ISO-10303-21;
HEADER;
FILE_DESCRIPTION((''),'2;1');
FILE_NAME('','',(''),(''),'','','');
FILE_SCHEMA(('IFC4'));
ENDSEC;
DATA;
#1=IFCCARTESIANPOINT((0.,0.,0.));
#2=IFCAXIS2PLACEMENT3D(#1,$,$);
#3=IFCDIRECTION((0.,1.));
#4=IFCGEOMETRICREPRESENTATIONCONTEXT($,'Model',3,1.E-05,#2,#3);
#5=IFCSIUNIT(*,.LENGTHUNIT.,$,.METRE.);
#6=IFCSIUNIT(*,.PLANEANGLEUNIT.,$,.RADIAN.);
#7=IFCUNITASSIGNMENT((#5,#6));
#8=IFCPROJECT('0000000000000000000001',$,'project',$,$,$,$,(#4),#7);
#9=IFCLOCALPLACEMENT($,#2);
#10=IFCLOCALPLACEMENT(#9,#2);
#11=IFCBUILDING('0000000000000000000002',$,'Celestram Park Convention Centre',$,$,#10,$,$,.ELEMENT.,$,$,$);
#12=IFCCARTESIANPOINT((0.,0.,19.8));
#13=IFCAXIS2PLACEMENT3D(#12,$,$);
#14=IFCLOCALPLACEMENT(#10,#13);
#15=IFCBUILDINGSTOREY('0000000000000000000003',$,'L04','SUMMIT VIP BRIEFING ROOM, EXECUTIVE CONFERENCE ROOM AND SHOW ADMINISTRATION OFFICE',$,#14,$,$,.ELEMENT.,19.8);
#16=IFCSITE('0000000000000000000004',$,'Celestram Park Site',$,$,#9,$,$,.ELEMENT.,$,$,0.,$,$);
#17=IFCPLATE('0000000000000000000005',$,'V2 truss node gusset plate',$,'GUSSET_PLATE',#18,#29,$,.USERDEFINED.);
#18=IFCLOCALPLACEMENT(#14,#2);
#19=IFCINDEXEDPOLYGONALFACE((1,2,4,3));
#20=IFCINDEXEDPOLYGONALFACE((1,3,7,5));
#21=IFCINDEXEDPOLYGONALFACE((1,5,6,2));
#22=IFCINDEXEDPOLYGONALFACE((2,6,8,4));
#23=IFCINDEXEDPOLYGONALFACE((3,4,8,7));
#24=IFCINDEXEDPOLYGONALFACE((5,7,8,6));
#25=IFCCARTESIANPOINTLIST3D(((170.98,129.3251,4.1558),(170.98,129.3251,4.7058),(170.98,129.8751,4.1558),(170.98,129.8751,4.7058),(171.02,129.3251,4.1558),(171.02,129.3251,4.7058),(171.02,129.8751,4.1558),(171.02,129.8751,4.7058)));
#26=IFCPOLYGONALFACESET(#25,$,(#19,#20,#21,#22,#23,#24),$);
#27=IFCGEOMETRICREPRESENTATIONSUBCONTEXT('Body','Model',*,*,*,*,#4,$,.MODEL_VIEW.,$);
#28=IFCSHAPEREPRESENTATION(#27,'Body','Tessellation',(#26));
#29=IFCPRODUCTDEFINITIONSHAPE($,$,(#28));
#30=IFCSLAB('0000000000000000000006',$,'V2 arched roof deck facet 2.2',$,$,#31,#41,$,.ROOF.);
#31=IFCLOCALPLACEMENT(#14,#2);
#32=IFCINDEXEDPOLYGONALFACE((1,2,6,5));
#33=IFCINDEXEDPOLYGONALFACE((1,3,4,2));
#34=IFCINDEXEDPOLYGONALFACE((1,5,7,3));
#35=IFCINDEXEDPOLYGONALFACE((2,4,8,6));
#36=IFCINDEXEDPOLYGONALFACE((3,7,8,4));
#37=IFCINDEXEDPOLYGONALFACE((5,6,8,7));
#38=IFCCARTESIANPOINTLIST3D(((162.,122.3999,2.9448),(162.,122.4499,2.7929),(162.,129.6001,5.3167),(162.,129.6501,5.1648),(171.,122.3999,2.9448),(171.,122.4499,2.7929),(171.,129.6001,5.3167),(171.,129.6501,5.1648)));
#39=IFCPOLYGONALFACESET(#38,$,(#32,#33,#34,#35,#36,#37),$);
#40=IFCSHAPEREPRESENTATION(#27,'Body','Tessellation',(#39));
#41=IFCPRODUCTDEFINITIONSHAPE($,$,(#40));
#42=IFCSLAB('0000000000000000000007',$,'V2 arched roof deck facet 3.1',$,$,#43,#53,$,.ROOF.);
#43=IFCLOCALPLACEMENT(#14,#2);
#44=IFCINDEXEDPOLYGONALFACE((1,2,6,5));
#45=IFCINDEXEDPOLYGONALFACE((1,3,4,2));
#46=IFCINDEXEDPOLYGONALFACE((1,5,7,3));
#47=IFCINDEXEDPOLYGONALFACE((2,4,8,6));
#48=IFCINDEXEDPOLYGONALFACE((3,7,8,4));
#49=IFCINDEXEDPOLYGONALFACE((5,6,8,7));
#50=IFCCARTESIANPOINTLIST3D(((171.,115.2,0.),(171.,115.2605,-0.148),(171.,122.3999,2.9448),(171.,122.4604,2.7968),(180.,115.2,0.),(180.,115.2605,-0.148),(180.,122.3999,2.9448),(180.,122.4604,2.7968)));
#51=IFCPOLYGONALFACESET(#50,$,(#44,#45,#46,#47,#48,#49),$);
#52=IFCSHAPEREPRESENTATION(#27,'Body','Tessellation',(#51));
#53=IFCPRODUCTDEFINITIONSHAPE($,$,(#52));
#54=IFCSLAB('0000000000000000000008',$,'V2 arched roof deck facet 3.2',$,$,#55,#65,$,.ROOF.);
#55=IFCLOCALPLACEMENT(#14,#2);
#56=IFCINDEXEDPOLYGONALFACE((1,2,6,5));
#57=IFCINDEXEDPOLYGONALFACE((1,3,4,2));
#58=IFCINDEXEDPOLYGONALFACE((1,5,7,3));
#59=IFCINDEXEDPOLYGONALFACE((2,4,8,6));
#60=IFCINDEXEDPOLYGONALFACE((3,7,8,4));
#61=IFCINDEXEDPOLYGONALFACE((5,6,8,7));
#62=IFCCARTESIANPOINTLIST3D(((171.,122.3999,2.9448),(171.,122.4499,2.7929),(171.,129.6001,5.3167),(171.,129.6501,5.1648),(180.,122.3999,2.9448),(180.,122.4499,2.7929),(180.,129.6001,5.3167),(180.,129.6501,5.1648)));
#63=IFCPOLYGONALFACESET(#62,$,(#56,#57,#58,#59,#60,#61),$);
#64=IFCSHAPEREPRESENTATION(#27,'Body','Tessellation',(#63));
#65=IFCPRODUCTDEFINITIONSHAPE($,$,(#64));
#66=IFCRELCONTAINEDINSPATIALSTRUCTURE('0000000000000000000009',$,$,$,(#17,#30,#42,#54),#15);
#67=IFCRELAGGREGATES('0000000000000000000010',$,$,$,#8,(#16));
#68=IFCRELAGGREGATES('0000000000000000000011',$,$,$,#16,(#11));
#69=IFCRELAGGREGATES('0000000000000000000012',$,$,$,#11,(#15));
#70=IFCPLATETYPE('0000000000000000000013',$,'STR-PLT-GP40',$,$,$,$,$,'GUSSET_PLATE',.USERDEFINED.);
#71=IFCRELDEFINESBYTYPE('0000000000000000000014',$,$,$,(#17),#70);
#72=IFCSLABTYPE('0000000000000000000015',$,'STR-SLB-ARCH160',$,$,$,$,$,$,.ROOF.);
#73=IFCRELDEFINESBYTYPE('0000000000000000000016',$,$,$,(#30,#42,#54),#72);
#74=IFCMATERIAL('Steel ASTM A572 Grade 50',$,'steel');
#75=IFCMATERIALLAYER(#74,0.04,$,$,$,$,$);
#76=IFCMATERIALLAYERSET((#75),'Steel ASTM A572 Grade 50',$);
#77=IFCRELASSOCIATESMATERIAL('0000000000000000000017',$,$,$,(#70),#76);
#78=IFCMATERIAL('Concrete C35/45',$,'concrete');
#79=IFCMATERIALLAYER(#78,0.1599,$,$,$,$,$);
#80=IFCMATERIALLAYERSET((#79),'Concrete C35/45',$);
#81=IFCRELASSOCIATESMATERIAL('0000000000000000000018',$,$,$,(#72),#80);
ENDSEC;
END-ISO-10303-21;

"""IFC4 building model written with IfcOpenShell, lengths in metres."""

from ifc_helpers import new_model, si_unit, direction, frame, origin, origin_2d, place, context, subcontext, project, spatial, polyline, rectangle, outline, extrude, material, layer, layer_set, type_object, element, save


model = new_model("IFC4")

# Units and contexts
model_context = context("Model", 3, precision=1e-05, world=origin(), true_north=direction((0.0, 1.0)))
body_context = subcontext(model_context, "Body", "Model", "MODEL_VIEW")
ifc_project = project(units=[si_unit("LENGTHUNIT", "METRE"), si_unit("PLANEANGLEUNIT", "RADIAN")], contexts=[model_context])

# Site, building, storey
site_placement = place(None, origin())
site = spatial("IfcSite", under=ifc_project, at=site_placement, Name="Celestram Park Site", CompositionType="ELEMENT", RefElevation=0.0)
building_placement = place(site_placement, origin())
building = spatial("IfcBuilding", under=site, at=building_placement, Name="Celestram Park Convention Centre", CompositionType="ELEMENT")
storey_placement = place(building_placement, frame((0.0, 0.0, 19.8)))
storey = spatial("IfcBuildingStorey", under=building, at=storey_placement, Name="L04", Description="SUMMIT VIP BRIEFING ROOM, EXECUTIVE CONFERENCE ROOM AND SHOW ADMINISTRATION OFFICE", CompositionType="ELEMENT", Elevation=19.8)

# Plate
ifc_material_1 = material(Name="Steel ASTM A572 Grade 50", Category="steel")
ifc_layer_1 = layer(ifc_material_1, 0.04)
ifc_layer_set_1 = layer_set([ifc_layer_1], Name="Steel ASTM A572 Grade 50")
plate_type = type_object("IfcPlateType", Name="STR-PLT-GP40", ElementType="GUSSET_PLATE", PredefinedType="USERDEFINED", material=ifc_layer_set_1)
for number, where, z_axis, x_axis, name in (
    (1, (171.0, 129.6001, 4.1558), (0.0, 0.0, 1.0), (0.0, 1.0, 0.0), "V2 truss node gusset plate"),
):
    element("IfcPlate", number, at=place(storey_placement, frame(where, z_axis=z_axis, x_axis=x_axis)), inside=storey, type_object=plate_type, Name=name, ObjectType="GUSSET_PLATE", PredefinedType="USERDEFINED", context=body_context, shape_type="SweptSolid", body=[
        extrude(rectangle(XDim=0.55, YDim=0.04, at=origin_2d()), origin(), (0.0, 0.0, 1.0), 0.55),
    ])

# Slabs
ifc_material_2 = material(Name="Concrete C35/45", Category="concrete")
ifc_layer_2 = layer(ifc_material_2, 0.1599)
ifc_layer_set_2 = layer_set([ifc_layer_2], Name="Concrete C35/45")
slab_type = type_object("IfcSlabType", Name="STR-SLB-ARCH160", PredefinedType="ROOF", material=ifc_layer_set_2)
slab_1_placement = place(storey_placement, frame((162.0, 122.3999, 2.9448), z_axis=(0.0, -0.312873, 0.949795), x_axis=(1.0, 0.0, 0.0)))
element("IfcSlab", 2, at=slab_1_placement, inside=storey, type_object=slab_type, Name="V2 arched roof deck facet 2.2", PredefinedType="ROOF", context=body_context, shape_type="SweptSolid", body=[
    extrude(outline(polyline([(0.0, 0.0), (9.0, 0.0), (9.0, 7.5808), (0.0, 7.5808), (0.0, 0.0)])), origin(), (0.0, 0.0, -1.0), 0.1599),
])
slab_2_placement = place(storey_placement, frame((171.0, 115.2, 0.0), z_axis=(0.0, -0.378566, 0.925574), x_axis=(1.0, 0.0, 0.0)))
element("IfcSlab", 3, at=slab_2_placement, inside=storey, type_object=slab_type, Name="V2 arched roof deck facet 3.1", PredefinedType="ROOF", context=body_context, shape_type="SweptSolid", body=[
    extrude(outline(polyline([(0.0, 0.0), (9.0, 0.0), (9.0, 7.7789), (0.0, 7.7789), (0.0, 0.0)])), origin(), (0.0, 0.0, -1.0), 0.1599),
])
slab_3_placement = place(storey_placement, frame((171.0, 122.3999, 2.9448), z_axis=(0.0, -0.312873, 0.949795), x_axis=(1.0, 0.0, 0.0)))
element("IfcSlab", 4, at=slab_3_placement, inside=storey, type_object=slab_type, Name="V2 arched roof deck facet 3.2", PredefinedType="ROOF", context=body_context, shape_type="SweptSolid", body=[
    extrude(outline(polyline([(0.0, 0.0), (9.0, 0.0), (9.0, 7.5808), (0.0, 7.5808), (0.0, 0.0)])), origin(), (0.0, 0.0, -1.0), 0.1599),
])

save(model, "model.ifc")
